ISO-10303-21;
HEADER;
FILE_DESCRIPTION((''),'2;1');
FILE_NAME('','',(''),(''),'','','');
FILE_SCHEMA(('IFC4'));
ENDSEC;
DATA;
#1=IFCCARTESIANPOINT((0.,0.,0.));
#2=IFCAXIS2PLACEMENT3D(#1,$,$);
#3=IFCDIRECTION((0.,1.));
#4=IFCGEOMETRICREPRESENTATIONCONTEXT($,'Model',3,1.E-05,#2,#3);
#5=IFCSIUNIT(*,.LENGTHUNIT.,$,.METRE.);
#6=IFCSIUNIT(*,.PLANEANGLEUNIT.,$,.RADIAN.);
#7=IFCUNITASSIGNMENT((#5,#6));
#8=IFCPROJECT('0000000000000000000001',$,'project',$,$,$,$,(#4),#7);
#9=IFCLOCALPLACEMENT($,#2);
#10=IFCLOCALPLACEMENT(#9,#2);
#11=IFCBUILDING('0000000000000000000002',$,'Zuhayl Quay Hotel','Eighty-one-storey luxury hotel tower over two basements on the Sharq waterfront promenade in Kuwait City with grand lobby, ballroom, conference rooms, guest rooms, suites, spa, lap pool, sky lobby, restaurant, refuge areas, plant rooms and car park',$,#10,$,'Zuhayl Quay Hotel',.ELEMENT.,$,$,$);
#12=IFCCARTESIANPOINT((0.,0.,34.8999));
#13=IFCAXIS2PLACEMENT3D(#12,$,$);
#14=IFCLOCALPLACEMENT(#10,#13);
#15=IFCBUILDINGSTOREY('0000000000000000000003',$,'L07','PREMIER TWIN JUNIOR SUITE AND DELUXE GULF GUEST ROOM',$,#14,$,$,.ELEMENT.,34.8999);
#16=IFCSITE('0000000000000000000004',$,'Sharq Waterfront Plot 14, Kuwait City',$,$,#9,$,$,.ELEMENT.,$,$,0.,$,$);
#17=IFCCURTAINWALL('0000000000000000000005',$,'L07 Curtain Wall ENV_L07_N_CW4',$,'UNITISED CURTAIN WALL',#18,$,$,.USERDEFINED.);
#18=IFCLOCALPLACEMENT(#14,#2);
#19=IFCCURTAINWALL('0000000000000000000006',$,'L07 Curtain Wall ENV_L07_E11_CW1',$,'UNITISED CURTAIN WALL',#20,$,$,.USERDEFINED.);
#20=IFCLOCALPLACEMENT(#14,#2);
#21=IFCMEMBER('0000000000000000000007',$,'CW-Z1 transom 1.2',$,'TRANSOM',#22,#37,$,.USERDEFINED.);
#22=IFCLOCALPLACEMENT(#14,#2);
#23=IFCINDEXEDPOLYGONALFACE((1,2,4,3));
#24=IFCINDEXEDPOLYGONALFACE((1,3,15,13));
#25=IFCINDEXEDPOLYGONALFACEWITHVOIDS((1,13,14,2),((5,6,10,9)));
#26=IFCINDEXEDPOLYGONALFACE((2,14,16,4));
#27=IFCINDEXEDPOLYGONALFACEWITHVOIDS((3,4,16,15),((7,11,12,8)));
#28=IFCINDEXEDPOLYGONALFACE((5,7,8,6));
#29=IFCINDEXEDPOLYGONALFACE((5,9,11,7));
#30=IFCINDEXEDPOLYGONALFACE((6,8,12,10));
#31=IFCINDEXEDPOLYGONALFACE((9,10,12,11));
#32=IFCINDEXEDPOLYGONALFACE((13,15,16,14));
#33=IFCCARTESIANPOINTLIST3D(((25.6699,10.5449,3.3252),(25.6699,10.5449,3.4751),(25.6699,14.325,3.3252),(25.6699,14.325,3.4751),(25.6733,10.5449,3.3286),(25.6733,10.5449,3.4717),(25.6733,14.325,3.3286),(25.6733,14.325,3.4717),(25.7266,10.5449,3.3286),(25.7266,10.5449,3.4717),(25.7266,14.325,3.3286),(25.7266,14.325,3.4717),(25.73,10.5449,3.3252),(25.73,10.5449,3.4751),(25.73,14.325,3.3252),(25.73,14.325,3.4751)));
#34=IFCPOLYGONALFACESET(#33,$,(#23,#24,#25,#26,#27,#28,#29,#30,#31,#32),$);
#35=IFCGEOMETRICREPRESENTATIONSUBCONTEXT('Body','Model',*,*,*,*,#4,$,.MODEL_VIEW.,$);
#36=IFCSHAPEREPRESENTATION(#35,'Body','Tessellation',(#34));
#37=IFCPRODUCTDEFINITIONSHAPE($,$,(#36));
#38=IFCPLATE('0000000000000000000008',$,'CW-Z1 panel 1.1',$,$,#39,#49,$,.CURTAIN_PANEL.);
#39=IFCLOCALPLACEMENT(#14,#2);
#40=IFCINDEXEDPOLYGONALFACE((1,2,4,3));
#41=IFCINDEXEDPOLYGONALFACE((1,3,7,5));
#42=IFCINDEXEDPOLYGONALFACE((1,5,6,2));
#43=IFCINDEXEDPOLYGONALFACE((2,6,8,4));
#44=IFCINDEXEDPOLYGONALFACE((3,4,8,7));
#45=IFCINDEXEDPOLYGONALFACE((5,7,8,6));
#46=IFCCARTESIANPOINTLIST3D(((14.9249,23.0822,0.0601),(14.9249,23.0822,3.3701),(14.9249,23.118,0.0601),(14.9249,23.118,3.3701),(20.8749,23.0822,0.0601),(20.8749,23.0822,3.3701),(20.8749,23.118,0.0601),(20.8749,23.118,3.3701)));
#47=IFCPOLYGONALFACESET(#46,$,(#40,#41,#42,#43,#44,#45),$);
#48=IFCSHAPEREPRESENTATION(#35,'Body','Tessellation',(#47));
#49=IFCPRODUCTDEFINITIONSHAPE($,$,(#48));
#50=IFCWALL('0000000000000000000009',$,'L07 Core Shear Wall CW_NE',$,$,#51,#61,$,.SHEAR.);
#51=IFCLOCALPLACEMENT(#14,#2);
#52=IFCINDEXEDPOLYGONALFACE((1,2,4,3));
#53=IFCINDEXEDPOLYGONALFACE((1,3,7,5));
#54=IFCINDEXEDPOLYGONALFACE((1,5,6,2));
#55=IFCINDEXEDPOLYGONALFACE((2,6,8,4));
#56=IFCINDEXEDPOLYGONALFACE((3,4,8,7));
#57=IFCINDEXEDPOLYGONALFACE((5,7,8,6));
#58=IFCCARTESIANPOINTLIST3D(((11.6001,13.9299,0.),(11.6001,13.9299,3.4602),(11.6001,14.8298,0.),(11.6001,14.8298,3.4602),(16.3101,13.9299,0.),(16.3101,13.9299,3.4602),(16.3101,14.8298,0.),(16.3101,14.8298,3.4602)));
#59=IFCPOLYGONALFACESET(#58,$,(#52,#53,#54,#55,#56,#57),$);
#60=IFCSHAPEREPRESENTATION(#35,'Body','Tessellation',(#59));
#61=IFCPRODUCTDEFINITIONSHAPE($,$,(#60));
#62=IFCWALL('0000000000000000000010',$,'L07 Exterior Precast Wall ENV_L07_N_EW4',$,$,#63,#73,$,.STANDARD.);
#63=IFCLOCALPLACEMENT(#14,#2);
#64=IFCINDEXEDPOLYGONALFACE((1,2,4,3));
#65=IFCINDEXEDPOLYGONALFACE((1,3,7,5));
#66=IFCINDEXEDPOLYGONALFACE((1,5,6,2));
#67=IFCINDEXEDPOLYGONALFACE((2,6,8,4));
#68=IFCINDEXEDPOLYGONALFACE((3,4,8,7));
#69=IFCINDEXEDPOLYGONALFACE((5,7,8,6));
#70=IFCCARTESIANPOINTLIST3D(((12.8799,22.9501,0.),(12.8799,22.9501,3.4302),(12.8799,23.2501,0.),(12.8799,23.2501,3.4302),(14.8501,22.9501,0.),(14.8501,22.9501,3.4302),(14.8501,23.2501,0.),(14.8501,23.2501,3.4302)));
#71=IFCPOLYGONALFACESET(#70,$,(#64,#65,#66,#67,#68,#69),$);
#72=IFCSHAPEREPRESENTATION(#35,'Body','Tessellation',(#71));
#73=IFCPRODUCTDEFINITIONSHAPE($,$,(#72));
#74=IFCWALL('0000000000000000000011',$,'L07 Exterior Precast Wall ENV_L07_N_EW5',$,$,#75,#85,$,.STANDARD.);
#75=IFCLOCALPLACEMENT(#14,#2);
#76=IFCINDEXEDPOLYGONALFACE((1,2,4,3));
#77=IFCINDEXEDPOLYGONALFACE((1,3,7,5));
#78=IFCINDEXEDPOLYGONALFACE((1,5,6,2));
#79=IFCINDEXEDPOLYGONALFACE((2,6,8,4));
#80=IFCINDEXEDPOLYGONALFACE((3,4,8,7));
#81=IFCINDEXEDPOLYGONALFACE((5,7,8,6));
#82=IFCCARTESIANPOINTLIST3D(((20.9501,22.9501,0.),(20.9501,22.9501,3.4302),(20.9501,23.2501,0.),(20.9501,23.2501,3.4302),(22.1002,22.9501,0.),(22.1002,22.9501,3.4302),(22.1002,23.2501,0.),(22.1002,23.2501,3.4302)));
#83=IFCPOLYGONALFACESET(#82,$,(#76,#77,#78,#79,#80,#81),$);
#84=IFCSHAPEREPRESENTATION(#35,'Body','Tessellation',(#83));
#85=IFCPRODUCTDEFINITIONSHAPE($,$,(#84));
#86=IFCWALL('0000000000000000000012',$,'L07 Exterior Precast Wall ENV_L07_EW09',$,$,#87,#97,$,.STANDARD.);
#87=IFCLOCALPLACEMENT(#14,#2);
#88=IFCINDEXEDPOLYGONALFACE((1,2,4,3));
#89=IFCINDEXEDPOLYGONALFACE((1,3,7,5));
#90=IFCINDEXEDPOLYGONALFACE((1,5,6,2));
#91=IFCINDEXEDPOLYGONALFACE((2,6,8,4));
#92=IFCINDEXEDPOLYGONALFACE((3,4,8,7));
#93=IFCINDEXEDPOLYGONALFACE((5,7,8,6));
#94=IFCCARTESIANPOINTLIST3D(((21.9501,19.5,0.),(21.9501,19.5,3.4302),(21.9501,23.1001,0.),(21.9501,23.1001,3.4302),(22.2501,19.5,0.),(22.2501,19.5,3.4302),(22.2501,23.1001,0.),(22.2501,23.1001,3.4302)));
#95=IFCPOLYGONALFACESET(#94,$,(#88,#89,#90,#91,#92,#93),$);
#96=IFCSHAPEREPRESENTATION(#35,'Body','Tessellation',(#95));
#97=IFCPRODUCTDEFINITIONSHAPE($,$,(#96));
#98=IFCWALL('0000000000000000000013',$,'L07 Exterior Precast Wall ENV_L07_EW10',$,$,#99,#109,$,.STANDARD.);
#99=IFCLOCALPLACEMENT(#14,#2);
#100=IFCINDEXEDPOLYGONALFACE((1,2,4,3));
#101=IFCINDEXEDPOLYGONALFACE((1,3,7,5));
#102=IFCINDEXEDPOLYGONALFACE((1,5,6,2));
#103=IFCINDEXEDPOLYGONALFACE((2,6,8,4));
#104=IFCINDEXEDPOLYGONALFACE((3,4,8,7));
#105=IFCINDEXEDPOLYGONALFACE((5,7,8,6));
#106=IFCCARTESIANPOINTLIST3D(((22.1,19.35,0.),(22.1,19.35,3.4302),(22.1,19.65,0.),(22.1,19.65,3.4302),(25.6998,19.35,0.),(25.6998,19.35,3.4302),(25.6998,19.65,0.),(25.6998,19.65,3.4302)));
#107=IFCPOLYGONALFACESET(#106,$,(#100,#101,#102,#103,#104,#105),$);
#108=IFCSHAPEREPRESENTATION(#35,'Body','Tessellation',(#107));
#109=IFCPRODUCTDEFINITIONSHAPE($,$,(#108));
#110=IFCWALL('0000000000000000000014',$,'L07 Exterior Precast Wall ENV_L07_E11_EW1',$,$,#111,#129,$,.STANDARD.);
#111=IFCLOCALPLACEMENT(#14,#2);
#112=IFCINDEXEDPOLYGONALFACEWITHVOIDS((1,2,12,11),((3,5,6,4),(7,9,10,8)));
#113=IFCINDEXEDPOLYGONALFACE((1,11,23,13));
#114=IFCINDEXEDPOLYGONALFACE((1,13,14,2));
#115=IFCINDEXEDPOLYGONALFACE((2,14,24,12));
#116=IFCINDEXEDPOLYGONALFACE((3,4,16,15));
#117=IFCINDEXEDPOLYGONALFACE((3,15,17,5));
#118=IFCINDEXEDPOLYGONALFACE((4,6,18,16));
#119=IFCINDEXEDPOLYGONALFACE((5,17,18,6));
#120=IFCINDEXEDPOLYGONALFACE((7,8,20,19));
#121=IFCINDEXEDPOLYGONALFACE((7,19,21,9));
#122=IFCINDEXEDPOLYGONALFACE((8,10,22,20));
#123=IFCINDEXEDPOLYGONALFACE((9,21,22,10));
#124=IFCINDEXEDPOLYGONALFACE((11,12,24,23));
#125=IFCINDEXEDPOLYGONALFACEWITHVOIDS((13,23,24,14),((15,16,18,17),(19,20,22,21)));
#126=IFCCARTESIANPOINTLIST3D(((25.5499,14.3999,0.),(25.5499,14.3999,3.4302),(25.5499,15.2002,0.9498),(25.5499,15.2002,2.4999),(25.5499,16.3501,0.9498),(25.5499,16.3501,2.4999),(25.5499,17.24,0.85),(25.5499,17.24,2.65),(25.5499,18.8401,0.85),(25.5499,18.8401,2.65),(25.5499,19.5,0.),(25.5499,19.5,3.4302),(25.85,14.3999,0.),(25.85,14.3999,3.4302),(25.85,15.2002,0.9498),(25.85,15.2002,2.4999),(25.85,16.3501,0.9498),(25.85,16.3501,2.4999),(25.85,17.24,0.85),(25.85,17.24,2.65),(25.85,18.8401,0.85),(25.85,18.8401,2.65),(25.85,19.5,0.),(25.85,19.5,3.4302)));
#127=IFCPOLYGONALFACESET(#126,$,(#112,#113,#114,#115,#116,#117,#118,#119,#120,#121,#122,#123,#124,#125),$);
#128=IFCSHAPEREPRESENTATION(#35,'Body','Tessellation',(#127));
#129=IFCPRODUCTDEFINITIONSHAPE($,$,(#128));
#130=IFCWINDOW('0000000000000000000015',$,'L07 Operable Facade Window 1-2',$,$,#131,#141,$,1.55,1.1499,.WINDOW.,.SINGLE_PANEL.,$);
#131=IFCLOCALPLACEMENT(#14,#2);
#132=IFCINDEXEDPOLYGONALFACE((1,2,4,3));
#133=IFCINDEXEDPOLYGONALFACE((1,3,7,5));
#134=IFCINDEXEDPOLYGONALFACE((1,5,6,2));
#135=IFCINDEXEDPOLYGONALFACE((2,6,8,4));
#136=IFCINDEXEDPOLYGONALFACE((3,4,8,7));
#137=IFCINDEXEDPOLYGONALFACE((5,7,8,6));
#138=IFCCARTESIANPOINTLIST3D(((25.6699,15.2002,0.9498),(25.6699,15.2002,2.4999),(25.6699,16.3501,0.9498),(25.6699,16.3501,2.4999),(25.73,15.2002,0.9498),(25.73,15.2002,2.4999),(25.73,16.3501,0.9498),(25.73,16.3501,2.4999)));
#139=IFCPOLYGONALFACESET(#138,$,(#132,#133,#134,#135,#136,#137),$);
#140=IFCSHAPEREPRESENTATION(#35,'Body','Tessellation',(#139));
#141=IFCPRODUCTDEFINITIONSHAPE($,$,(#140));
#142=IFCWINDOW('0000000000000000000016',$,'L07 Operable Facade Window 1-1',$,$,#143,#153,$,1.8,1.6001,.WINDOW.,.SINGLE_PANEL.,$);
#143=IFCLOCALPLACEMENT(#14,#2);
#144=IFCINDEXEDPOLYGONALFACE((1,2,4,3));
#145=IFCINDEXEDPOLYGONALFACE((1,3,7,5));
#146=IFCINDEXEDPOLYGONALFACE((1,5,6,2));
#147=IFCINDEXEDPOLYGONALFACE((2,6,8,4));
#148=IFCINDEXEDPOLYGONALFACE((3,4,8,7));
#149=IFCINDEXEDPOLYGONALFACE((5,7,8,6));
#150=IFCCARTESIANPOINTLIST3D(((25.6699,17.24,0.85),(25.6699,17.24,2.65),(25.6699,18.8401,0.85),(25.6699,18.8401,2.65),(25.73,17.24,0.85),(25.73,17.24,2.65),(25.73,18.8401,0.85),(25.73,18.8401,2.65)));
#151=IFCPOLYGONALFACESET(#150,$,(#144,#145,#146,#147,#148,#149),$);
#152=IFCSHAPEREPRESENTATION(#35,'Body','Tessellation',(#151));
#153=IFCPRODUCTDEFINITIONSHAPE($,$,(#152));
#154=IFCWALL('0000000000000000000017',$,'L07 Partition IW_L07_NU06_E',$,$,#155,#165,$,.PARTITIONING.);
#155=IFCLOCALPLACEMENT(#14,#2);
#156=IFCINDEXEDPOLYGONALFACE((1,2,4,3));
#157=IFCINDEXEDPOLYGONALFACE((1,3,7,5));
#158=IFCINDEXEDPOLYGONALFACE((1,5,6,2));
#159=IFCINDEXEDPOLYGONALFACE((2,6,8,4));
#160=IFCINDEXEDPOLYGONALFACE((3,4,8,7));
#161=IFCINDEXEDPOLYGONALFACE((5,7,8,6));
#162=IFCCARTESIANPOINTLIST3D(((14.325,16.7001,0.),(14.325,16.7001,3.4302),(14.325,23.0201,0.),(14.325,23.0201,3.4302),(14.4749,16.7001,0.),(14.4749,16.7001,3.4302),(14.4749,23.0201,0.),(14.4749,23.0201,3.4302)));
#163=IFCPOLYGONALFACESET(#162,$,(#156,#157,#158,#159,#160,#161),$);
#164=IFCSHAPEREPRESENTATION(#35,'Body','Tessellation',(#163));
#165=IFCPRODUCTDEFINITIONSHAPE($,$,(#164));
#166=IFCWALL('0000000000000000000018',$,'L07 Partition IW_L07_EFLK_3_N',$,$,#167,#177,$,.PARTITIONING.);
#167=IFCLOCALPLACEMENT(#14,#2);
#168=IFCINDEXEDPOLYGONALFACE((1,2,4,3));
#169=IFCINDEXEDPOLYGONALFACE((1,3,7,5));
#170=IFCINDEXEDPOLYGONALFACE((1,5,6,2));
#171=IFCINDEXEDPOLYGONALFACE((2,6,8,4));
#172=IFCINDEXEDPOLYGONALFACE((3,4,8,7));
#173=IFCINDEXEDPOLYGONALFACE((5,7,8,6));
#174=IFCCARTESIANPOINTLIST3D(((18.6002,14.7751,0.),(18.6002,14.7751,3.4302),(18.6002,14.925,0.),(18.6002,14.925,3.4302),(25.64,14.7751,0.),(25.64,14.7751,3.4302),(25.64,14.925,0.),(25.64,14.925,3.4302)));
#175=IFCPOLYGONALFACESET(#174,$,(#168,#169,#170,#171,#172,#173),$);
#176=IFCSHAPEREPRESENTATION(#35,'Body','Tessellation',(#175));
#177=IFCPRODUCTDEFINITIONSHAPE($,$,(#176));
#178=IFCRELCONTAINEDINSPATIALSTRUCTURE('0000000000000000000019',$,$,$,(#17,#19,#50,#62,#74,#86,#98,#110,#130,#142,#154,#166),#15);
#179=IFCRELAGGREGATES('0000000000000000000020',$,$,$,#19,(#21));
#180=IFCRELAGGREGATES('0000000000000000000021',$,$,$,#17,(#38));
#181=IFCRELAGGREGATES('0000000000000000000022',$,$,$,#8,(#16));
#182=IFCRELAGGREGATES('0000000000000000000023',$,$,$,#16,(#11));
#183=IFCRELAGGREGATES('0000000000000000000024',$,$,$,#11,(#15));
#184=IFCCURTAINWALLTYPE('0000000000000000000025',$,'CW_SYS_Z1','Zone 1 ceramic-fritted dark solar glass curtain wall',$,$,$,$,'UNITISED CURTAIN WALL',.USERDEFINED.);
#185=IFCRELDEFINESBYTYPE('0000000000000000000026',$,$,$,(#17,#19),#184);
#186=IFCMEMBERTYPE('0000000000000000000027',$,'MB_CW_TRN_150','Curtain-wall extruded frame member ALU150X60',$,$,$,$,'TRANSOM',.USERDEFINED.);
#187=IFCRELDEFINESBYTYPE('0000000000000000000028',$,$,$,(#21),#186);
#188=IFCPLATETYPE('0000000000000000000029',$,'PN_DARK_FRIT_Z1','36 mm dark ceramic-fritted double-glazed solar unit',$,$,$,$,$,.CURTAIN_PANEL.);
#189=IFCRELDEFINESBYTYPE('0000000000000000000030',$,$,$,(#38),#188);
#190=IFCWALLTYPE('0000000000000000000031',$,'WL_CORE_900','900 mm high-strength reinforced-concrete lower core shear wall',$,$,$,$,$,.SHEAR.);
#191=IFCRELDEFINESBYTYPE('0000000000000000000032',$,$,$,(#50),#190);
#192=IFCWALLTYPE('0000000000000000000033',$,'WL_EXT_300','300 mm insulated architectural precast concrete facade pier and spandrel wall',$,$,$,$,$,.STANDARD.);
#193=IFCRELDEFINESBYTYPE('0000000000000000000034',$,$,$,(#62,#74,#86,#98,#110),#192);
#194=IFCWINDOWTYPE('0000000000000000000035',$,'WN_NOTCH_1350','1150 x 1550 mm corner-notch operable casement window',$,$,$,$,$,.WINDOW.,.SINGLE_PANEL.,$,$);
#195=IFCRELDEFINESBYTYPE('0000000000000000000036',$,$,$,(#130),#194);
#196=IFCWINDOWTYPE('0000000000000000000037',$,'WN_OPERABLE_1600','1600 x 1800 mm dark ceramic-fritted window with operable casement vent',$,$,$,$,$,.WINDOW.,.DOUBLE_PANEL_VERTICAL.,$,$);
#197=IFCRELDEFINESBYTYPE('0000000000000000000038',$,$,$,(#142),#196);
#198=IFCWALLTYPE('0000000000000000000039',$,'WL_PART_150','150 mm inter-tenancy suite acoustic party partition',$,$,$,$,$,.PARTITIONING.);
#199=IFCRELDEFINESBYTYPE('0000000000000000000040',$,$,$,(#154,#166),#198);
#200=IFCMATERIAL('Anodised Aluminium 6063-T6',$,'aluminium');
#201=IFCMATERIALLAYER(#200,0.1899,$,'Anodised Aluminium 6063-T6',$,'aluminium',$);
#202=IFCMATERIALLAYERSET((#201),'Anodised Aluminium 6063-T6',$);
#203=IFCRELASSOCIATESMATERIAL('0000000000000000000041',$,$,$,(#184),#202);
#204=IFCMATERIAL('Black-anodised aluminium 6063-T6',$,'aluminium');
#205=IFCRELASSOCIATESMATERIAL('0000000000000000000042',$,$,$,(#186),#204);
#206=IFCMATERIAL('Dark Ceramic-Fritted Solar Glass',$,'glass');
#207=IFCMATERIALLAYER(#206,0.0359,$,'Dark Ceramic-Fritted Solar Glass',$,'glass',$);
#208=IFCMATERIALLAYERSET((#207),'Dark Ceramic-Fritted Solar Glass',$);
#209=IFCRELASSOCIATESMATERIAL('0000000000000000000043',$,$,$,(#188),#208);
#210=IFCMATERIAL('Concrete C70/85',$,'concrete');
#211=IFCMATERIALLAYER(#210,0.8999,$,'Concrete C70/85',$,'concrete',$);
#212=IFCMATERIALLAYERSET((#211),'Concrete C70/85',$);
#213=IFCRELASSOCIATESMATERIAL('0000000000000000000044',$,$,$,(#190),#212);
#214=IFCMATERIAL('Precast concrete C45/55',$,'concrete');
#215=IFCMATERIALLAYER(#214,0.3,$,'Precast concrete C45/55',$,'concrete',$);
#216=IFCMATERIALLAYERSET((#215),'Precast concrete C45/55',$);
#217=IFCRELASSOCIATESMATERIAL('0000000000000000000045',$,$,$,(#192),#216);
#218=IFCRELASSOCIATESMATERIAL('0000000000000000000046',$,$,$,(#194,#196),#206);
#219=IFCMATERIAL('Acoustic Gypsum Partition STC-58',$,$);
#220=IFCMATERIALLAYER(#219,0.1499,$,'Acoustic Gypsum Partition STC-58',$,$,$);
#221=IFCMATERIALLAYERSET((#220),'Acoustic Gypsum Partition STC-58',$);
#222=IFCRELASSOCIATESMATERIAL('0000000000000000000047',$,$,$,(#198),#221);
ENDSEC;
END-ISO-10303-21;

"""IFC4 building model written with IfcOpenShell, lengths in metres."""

from ifc_helpers import new_model, si_unit, direction, frame, frame_2d, origin, origin_2d, place, context, subcontext, project, spatial, rectangle, hollow_rectangle, extrude, material, layer, layer_set, material_profile, profile_set, type_object, element, fill, aggregate, save


model = new_model("IFC4")

# Units and contexts
model_context = context("Model", 3, precision=1e-05, world=origin(), true_north=direction((0.0, 1.0)))
body_context = subcontext(model_context, "Body", "Model", "MODEL_VIEW")
ifc_project = project(units=[si_unit("LENGTHUNIT", "METRE"), si_unit("PLANEANGLEUNIT", "RADIAN")], contexts=[model_context])

# Site, building, storey
site_placement = place(None, origin())
site = spatial("IfcSite", under=ifc_project, at=site_placement, Name="Sharq Waterfront Plot 14, Kuwait City", CompositionType="ELEMENT", RefElevation=0.0)
building_placement = place(site_placement, origin())
building = spatial("IfcBuilding", under=site, at=building_placement, Name="Zuhayl Quay Hotel", Description="Eighty-one-storey luxury hotel tower over two basements on the Sharq waterfront promenade in Kuwait City with grand lobby, ballroom, conference rooms, guest rooms, suites, spa, lap pool, sky lobby, restaurant, refuge areas, plant rooms and car park", LongName="Zuhayl Quay Hotel", CompositionType="ELEMENT")
storey_placement = place(building_placement, frame((0.0, 0.0, 34.8999)))
storey = spatial("IfcBuildingStorey", under=building, at=storey_placement, Name="L07", Description="PREMIER TWIN JUNIOR SUITE AND DELUXE GULF GUEST ROOM", CompositionType="ELEMENT", Elevation=34.8999)

# Shared definitions
ifc_material_1 = material(Name="Concrete C70/85", Category="concrete")

# Shared definitions
ifc_material_2 = material(Name="Anodised Aluminium 6063-T6", Category="aluminium")
ifc_layer_1 = layer(ifc_material_2, 0.1899, Name="Anodised Aluminium 6063-T6", Category="aluminium")
ifc_layer_set_1 = layer_set([ifc_layer_1], Name="Anodised Aluminium 6063-T6")
curtain_wall_type = type_object("IfcCurtainWallType", Name="CW_SYS_Z1", Description="Zone 1 ceramic-fritted dark solar glass curtain wall", ElementType="UNITISED CURTAIN WALL", PredefinedType="USERDEFINED", material=ifc_layer_set_1)
ifc_material_3 = material(Name="Black-anodised aluminium 6063-T6", Category="aluminium")

# Curtain wall
curtain_wall_1_placement = place(storey_placement, origin())
curtain_wall_1 = element("IfcCurtainWall", 1, at=curtain_wall_1_placement, inside=storey, type_object=curtain_wall_type, Name="L07 Curtain Wall ENV_L07_N_CW4", ObjectType="UNITISED CURTAIN WALL", PredefinedType="USERDEFINED")

# Curtain wall
curtain_wall_2_placement = place(storey_placement, origin())
curtain_wall_2 = element("IfcCurtainWall", 2, at=curtain_wall_2_placement, inside=storey, type_object=curtain_wall_type, Name="L07 Curtain Wall ENV_L07_E11_CW1", ObjectType="UNITISED CURTAIN WALL", PredefinedType="USERDEFINED")

# Member
ifc_material_profile_1 = material_profile(ifc_material_3, hollow_rectangle(XDim=0.0601, YDim=0.1499, WallThickness=0.0034, at=origin_2d()), Name="ALU150X60")
ifc_profile_set_1 = profile_set([ifc_material_profile_1], Name="Black-anodised aluminium 6063-T6")
member_type_1 = type_object("IfcMemberType", Name="MB_CW_TRN_150", Description="Curtain-wall extruded frame member ALU150X60", ElementType="TRANSOM", PredefinedType="USERDEFINED", material=ifc_profile_set_1)
member_1_placement = place(storey_placement, frame((25.7, 14.325, 3.4001), z_axis=(0.0, -1.0, 0.0), x_axis=(1.0, 0.0, 0.0)))
member_1 = element("IfcMember", 3, at=member_1_placement, type_object=member_type_1, Name="CW-Z1 transom 1.2", ObjectType="TRANSOM", PredefinedType="USERDEFINED", context=body_context, shape_type="SweptSolid", body=[
    extrude(hollow_rectangle(XDim=0.0601, YDim=0.1499, WallThickness=0.0034, at=origin_2d()), origin(), (0.0, 0.0, 1.0), 3.78),
])
aggregate(curtain_wall_2, [member_1])

# Plate
ifc_material_4 = material(Name="Dark Ceramic-Fritted Solar Glass", Category="glass")
ifc_layer_2 = layer(ifc_material_4, 0.0359, Name="Dark Ceramic-Fritted Solar Glass", Category="glass")
ifc_layer_set_2 = layer_set([ifc_layer_2], Name="Dark Ceramic-Fritted Solar Glass")
plate_type = type_object("IfcPlateType", Name="PN_DARK_FRIT_Z1", Description="36 mm dark ceramic-fritted double-glazed solar unit", PredefinedType="CURTAIN_PANEL", material=ifc_layer_set_2)
plate_placement = place(storey_placement, frame((17.8999, 23.1001, 0.0601), z_axis=(0.0, 0.0, 1.0), x_axis=(1.0, 0.0, 0.0)))
plate = element("IfcPlate", 4, at=plate_placement, type_object=plate_type, Name="CW-Z1 panel 1.1", PredefinedType="CURTAIN_PANEL", context=body_context, shape_type="SweptSolid", body=[
    extrude(rectangle(XDim=5.95, YDim=0.0359, at=origin_2d()), origin(), (0.0, 0.0, 1.0), 3.3101),
])
aggregate(curtain_wall_1, [plate])

# Walls
ifc_layer_3 = layer(ifc_material_1, 0.8999, Name="Concrete C70/85", Category="concrete")
ifc_layer_set_3 = layer_set([ifc_layer_3], Name="Concrete C70/85")
wall_type_1 = type_object("IfcWallType", Name="WL_CORE_900", Description="900 mm high-strength reinforced-concrete lower core shear wall", PredefinedType="SHEAR", material=ifc_layer_set_3)
wall_1_placement = place(storey_placement, frame((11.6001, 14.3799, 0.0), z_axis=(0.0, 0.0, 1.0), x_axis=(1.0, 0.0, 0.0)))
element("IfcWall", 5, at=wall_1_placement, inside=storey, type_object=wall_type_1, Name="L07 Core Shear Wall CW_NE", PredefinedType="SHEAR", context=body_context, shape_type="SweptSolid", body=[
    extrude(rectangle(XDim=4.71, YDim=0.8999, at=frame_2d((2.355, 0.0))), origin(), (0.0, 0.0, 1.0), 3.4602),
])
ifc_material_5 = material(Name="Precast concrete C45/55", Category="concrete")
ifc_layer_4 = layer(ifc_material_5, 0.3, Name="Precast concrete C45/55", Category="concrete")
ifc_layer_set_4 = layer_set([ifc_layer_4], Name="Precast concrete C45/55")
wall_type_2 = type_object("IfcWallType", Name="WL_EXT_300", Description="300 mm insulated architectural precast concrete facade pier and spandrel wall", PredefinedType="STANDARD", material=ifc_layer_set_4)
wall_2_placement = place(storey_placement, frame((12.8799, 23.1001, 0.0), z_axis=(0.0, 0.0, 1.0), x_axis=(1.0, 0.0, 0.0)))
element("IfcWall", 6, at=wall_2_placement, inside=storey, type_object=wall_type_2, Name="L07 Exterior Precast Wall ENV_L07_N_EW4", PredefinedType="STANDARD", context=body_context, shape_type="SweptSolid", body=[
    extrude(rectangle(XDim=1.9702, YDim=0.3, at=frame_2d((0.9851, 0.0))), origin(), (0.0, 0.0, 1.0), 3.4302),
])
wall_3_placement = place(storey_placement, frame((20.95, 23.1001, 0.0), z_axis=(0.0, 0.0, 1.0), x_axis=(1.0, 0.0, 0.0)))
element("IfcWall", 7, at=wall_3_placement, inside=storey, type_object=wall_type_2, Name="L07 Exterior Precast Wall ENV_L07_N_EW5", PredefinedType="STANDARD", context=body_context, shape_type="SweptSolid", body=[
    extrude(rectangle(XDim=1.1501, YDim=0.3, at=frame_2d((0.5752, 0.0))), origin(), (0.0, 0.0, 1.0), 3.4302),
])
wall_4_placement = place(storey_placement, frame((22.1001, 23.1001, 0.0), z_axis=(0.0, 0.0, 1.0), x_axis=(0.0, -1.0, 0.0)))
element("IfcWall", 8, at=wall_4_placement, inside=storey, type_object=wall_type_2, Name="L07 Exterior Precast Wall ENV_L07_EW09", PredefinedType="STANDARD", context=body_context, shape_type="SweptSolid", body=[
    extrude(rectangle(XDim=3.6001, YDim=0.3, at=frame_2d((1.8, 0.0))), origin(), (0.0, 0.0, 1.0), 3.4302),
])
wall_5_placement = place(storey_placement, frame((22.1001, 19.5, 0.0), z_axis=(0.0, 0.0, 1.0), x_axis=(1.0, 0.0, 0.0)))
element("IfcWall", 9, at=wall_5_placement, inside=storey, type_object=wall_type_2, Name="L07 Exterior Precast Wall ENV_L07_EW10", PredefinedType="STANDARD", context=body_context, shape_type="SweptSolid", body=[
    extrude(rectangle(XDim=3.5999, YDim=0.3, at=frame_2d((1.7998, 0.0))), origin(), (0.0, 0.0, 1.0), 3.4302),
])

# Wall, openings, windows
wall_6_placement = place(storey_placement, frame((25.7, 19.5, 0.0), z_axis=(0.0, 0.0, 1.0), x_axis=(0.0, -1.0, 0.0)))
wall_6 = element("IfcWall", 10, at=wall_6_placement, inside=storey, type_object=wall_type_2, Name="L07 Exterior Precast Wall ENV_L07_E11_EW1", PredefinedType="STANDARD", context=body_context, shape_type="SweptSolid", body=[
    extrude(rectangle(XDim=5.1001, YDim=0.3, at=frame_2d((2.55, 0.0))), origin(), (0.0, 0.0, 1.0), 3.4302),
])
opening_1_placement = place(wall_6_placement, frame((0.6599, 0.0, 0.8501)))
opening_1 = element("IfcOpeningElement", 11, at=opening_1_placement, cuts=wall_6, PredefinedType="OPENING", context=body_context, shape_type="SweptSolid", body=[
    extrude(rectangle(XDim=1.6001, YDim=1.8, at=frame_2d((0.8, 0.8999))), frame((0.0, 0.1599, 0.0), z_axis=(0.0, -1.0, 0.0), x_axis=(1.0, 0.0, 0.0)), (0.0, 0.0, 1.0), 0.3201),
])
opening_2_placement = place(wall_6_placement, frame((3.1499, 0.0, 0.95)))
opening_2 = element("IfcOpeningElement", 12, at=opening_2_placement, cuts=wall_6, PredefinedType="OPENING", context=body_context, shape_type="SweptSolid", body=[
    extrude(rectangle(XDim=1.1499, YDim=1.55, at=frame_2d((0.575, 0.7749))), frame((0.0, 0.1599, 0.0), z_axis=(0.0, -1.0, 0.0), x_axis=(1.0, 0.0, 0.0)), (0.0, 0.0, 1.0), 0.3201),
])
window_type_1 = type_object("IfcWindowType", Name="WN_NOTCH_1350", Description="1150 x 1550 mm corner-notch operable casement window", PartitioningType="SINGLE_PANEL", PredefinedType="WINDOW", material=ifc_material_4)
window_1_placement = place(opening_2_placement, origin())
window_1 = element("IfcWindow", 13, at=window_1_placement, inside=storey, type_object=window_type_1, Name="L07 Operable Facade Window 1-2", OverallHeight=1.55, OverallWidth=1.1499, PartitioningType="SINGLE_PANEL", PredefinedType="WINDOW", context=body_context, shape_type="SweptSolid", body=[
    extrude(rectangle(XDim=1.1499, YDim=1.55, at=frame_2d((0.575, 0.7749))), frame((0.0, 0.03, 0.0), z_axis=(0.0, -1.0, 0.0), x_axis=(1.0, 0.0, 0.0)), (0.0, 0.0, 1.0), 0.0601),
])
fill(opening_2, window_1)
window_type_2 = type_object("IfcWindowType", Name="WN_OPERABLE_1600", Description="1600 x 1800 mm dark ceramic-fritted window with operable casement vent", PartitioningType="DOUBLE_PANEL_VERTICAL", PredefinedType="WINDOW", material=ifc_material_4)
window_2_placement = place(opening_1_placement, origin())
window_2 = element("IfcWindow", 14, at=window_2_placement, inside=storey, type_object=window_type_2, Name="L07 Operable Facade Window 1-1", OverallHeight=1.8, OverallWidth=1.6001, PartitioningType="SINGLE_PANEL", PredefinedType="WINDOW", context=body_context, shape_type="SweptSolid", body=[
    extrude(rectangle(XDim=1.6001, YDim=1.8, at=frame_2d((0.8, 0.8999))), frame((0.0, 0.03, 0.0), z_axis=(0.0, -1.0, 0.0), x_axis=(1.0, 0.0, 0.0)), (0.0, 0.0, 1.0), 0.0601),
])
fill(opening_1, window_2)

# Walls
ifc_material_6 = material(Name="Acoustic Gypsum Partition STC-58")
ifc_layer_5 = layer(ifc_material_6, 0.1499, Name="Acoustic Gypsum Partition STC-58")
ifc_layer_set_5 = layer_set([ifc_layer_5], Name="Acoustic Gypsum Partition STC-58")
wall_type_3 = type_object("IfcWallType", Name="WL_PART_150", Description="150 mm inter-tenancy suite acoustic party partition", PredefinedType="PARTITIONING", material=ifc_layer_set_5)
wall_7_placement = place(storey_placement, frame((14.3999, 16.7, 0.0), z_axis=(0.0, 0.0, 1.0), x_axis=(0.0, 1.0, 0.0)))
element("IfcWall", 15, at=wall_7_placement, inside=storey, type_object=wall_type_3, Name="L07 Partition IW_L07_NU06_E", PredefinedType="PARTITIONING", context=body_context, shape_type="SweptSolid", body=[
    extrude(rectangle(XDim=6.3201, YDim=0.1499, at=frame_2d((3.1602, 0.0))), origin(), (0.0, 0.0, 1.0), 3.4302),
])
wall_8_placement = place(storey_placement, frame((18.6001, 14.8501, 0.0), z_axis=(0.0, 0.0, 1.0), x_axis=(1.0, 0.0, 0.0)))
element("IfcWall", 16, at=wall_8_placement, inside=storey, type_object=wall_type_3, Name="L07 Partition IW_L07_EFLK_3_N", PredefinedType="PARTITIONING", context=body_context, shape_type="SweptSolid", body=[
    extrude(rectangle(XDim=7.0398, YDim=0.1499, at=frame_2d((3.52, 0.0))), origin(), (0.0, 0.0, 1.0), 3.4302),
])

save(model, "model.ifc")
